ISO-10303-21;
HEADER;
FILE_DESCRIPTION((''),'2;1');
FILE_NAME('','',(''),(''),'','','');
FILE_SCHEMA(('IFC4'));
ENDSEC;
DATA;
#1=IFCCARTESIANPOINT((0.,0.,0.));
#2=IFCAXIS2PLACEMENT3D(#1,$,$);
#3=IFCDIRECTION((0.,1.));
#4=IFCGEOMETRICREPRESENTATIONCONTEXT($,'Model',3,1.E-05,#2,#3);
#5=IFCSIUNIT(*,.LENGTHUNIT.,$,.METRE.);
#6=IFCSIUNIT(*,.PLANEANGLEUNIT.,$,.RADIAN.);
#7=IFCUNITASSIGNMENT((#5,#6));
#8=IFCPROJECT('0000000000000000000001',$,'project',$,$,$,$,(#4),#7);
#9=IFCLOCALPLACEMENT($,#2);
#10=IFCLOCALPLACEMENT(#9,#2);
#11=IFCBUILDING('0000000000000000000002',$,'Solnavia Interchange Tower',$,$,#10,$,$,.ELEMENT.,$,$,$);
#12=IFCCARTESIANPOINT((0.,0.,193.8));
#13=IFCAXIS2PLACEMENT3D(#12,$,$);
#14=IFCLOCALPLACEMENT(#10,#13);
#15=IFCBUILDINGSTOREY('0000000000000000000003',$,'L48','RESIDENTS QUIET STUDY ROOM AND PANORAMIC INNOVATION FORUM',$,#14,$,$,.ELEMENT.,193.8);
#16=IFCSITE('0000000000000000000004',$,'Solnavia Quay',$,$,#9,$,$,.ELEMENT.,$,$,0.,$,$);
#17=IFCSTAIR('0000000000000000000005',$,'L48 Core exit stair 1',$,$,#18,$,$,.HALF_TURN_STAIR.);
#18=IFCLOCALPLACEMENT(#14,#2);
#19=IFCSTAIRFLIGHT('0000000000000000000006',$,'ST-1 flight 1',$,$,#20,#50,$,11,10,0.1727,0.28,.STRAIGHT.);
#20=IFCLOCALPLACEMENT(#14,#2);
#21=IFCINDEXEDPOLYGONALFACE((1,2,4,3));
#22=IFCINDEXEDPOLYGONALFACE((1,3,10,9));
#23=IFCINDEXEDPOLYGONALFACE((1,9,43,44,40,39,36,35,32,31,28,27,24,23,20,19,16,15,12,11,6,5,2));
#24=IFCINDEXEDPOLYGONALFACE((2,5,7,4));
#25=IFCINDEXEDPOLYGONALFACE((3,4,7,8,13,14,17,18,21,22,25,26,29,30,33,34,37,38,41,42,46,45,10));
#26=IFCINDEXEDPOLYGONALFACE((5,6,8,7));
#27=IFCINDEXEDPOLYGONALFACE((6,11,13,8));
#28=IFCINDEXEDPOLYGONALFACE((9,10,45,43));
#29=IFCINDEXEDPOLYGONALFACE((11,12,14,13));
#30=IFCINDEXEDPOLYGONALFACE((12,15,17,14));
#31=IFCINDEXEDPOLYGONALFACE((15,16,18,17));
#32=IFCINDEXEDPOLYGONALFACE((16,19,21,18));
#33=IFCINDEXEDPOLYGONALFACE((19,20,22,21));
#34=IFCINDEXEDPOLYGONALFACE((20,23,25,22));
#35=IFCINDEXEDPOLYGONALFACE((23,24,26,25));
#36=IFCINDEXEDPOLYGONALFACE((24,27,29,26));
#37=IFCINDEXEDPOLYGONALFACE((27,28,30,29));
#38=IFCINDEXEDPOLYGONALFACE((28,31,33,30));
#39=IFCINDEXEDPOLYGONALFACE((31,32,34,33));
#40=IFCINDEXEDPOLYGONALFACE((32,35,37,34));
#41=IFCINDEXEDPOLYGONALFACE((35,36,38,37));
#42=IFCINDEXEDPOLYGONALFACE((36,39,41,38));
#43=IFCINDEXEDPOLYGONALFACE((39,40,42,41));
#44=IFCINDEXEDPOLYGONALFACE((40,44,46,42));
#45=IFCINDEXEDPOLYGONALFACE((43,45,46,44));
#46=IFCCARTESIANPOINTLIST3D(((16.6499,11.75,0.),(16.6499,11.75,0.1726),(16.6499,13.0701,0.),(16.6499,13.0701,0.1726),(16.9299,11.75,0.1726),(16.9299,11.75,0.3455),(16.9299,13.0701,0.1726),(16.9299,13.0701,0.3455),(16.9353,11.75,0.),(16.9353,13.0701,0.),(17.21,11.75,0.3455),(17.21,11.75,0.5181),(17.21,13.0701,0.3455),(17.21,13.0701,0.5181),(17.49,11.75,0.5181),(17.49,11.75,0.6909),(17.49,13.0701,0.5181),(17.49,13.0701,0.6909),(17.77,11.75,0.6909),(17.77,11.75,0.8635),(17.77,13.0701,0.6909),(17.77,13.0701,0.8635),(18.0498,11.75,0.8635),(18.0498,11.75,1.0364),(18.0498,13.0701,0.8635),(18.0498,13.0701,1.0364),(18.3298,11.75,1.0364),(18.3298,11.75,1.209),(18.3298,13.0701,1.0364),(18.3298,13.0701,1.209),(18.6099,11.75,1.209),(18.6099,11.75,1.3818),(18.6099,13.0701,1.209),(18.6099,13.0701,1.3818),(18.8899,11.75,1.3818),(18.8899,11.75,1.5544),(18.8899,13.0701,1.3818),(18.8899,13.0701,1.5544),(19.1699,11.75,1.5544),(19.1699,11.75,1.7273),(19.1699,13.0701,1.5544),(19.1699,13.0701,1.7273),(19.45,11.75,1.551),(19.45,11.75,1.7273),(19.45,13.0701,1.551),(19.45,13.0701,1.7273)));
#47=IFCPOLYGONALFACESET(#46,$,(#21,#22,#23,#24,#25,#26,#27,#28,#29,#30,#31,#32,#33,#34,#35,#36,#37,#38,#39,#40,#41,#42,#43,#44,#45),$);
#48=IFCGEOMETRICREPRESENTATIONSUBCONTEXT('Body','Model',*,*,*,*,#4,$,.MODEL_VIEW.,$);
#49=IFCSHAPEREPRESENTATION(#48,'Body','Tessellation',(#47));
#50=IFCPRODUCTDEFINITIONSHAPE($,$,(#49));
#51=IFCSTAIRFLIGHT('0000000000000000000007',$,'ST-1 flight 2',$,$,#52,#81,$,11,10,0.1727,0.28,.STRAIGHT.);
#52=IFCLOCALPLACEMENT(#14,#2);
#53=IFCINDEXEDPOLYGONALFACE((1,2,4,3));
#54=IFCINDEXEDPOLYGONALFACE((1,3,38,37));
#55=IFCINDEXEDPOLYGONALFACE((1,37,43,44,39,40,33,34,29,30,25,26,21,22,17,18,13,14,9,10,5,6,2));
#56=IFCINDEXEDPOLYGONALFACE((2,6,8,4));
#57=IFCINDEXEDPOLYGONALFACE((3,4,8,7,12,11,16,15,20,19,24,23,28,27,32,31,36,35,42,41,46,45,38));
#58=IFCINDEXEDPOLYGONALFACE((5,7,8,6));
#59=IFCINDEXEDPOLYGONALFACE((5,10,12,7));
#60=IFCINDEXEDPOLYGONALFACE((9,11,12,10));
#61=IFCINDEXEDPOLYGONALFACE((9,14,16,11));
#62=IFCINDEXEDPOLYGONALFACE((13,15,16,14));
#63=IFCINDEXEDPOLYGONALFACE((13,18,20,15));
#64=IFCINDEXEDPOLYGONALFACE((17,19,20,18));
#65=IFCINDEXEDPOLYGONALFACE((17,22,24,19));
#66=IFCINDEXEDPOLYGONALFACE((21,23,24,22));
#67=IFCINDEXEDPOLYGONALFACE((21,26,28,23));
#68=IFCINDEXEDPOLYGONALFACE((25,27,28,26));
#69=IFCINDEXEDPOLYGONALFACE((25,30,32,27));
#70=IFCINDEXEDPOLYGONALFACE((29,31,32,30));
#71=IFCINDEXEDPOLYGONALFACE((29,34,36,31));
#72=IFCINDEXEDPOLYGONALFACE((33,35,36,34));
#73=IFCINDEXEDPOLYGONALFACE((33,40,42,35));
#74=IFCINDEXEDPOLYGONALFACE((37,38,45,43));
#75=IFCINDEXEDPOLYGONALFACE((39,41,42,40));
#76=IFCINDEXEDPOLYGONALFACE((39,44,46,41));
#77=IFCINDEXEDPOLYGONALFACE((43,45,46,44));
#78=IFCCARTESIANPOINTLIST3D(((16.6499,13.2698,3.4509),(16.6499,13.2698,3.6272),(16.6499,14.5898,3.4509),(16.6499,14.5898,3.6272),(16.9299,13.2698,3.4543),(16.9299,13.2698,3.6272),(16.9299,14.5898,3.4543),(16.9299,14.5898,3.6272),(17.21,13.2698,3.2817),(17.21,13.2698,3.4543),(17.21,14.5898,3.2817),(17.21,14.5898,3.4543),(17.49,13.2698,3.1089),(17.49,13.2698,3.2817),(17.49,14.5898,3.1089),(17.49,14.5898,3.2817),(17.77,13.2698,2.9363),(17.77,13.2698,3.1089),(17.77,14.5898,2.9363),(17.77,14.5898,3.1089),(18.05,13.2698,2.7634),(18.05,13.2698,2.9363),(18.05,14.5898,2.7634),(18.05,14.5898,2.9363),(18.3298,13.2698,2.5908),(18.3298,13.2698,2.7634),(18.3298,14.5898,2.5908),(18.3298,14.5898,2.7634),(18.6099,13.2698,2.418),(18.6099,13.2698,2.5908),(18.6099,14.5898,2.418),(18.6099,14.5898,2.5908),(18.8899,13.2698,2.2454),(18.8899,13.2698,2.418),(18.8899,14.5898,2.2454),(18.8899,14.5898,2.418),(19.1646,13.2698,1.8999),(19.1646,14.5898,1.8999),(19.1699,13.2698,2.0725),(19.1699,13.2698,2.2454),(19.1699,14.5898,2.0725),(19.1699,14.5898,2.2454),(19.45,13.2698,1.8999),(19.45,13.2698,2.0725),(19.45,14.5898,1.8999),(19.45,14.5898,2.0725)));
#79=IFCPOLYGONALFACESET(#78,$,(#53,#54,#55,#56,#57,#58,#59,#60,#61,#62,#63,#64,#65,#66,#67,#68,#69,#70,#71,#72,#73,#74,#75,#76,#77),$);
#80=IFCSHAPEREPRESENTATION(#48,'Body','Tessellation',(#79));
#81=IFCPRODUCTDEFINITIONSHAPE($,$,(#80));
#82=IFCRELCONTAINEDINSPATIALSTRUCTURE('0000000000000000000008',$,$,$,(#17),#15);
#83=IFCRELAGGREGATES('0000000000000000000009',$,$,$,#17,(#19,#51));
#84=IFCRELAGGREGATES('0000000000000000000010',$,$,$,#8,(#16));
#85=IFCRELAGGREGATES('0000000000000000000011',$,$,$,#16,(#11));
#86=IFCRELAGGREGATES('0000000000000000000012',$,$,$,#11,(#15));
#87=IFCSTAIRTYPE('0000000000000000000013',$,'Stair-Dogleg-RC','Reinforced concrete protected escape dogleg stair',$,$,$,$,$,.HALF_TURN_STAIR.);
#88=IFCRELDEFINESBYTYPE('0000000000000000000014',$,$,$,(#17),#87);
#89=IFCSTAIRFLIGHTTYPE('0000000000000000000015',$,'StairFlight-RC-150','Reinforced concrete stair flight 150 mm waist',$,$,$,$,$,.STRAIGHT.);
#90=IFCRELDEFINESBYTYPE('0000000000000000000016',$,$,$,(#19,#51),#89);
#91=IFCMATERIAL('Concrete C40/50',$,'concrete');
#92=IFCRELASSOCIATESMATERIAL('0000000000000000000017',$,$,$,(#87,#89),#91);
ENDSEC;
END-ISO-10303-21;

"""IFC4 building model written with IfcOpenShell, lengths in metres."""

from ifc_helpers import new_model, si_unit, direction, frame, origin, place, context, subcontext, project, spatial, polyline, outline, extrude, material, type_object, element, aggregate, save


model = new_model("IFC4")

# Units and contexts
model_context = context("Model", 3, precision=1e-05, world=origin(), true_north=direction((0.0, 1.0)))
body_context = subcontext(model_context, "Body", "Model", "MODEL_VIEW")
ifc_project = project(units=[si_unit("LENGTHUNIT", "METRE"), si_unit("PLANEANGLEUNIT", "RADIAN")], contexts=[model_context])

# Site, building, storey
site_placement = place(None, origin())
site = spatial("IfcSite", under=ifc_project, at=site_placement, Name="Solnavia Quay", CompositionType="ELEMENT", RefElevation=0.0)
building_placement = place(site_placement, origin())
building = spatial("IfcBuilding", under=site, at=building_placement, Name="Solnavia Interchange Tower", CompositionType="ELEMENT")
storey_placement = place(building_placement, frame((0.0, 0.0, 193.8)))
storey = spatial("IfcBuildingStorey", under=building, at=storey_placement, Name="L48", Description="RESIDENTS QUIET STUDY ROOM AND PANORAMIC INNOVATION FORUM", CompositionType="ELEMENT", Elevation=193.8)

# Shared definitions
ifc_material_1 = material(Name="Concrete C40/50", Category="concrete")

# Stair, stair flights
stair_type = type_object("IfcStairType", Name="Stair-Dogleg-RC", Description="Reinforced concrete protected escape dogleg stair", PredefinedType="HALF_TURN_STAIR", material=ifc_material_1)
stair_placement = place(storey_placement, origin())
stair = element("IfcStair", 1, at=stair_placement, inside=storey, type_object=stair_type, Name="L48 Core exit stair 1", PredefinedType="HALF_TURN_STAIR")
stair_flight_type = type_object("IfcStairFlightType", Name="StairFlight-RC-150", Description="Reinforced concrete stair flight 150 mm waist", PredefinedType="STRAIGHT", material=ifc_material_1)
stair_flight_1_placement = place(storey_placement, frame((16.6499, 12.4099, 0.0), z_axis=(0.0, 0.0, 1.0), x_axis=(1.0, 0.0, 0.0)))
stair_flight_1 = element("IfcStairFlight", 2, at=stair_flight_1_placement, type_object=stair_flight_type, Name="ST-1 flight 1", NumberOfRisers=11, NumberOfTreads=10, PredefinedType="STRAIGHT", RiserHeight=0.1727, TreadLength=0.28, context=body_context, shape_type="SweptSolid", body=[
    extrude(outline(polyline([(0.0, 0.0), (0.0, 0.1726), (0.28, 0.1726), (0.28, 0.3455), (0.5601, 0.3455), (0.5601, 0.5181), (0.8401, 0.5181), (0.8401, 0.6909), (1.1201, 0.6909), (1.1201, 0.8635), (1.3999, 0.8635), (1.3999, 1.0364), (1.6799, 1.0364), (1.6799, 1.209), (1.96, 1.209), (1.96, 1.3818), (2.24, 1.3818), (2.24, 1.5544), (2.52, 1.5544), (2.52, 1.7273), (2.8, 1.7273), (2.8, 1.8999), (2.8, 1.551), (0.2854, 0.0), (0.0, 0.0)])), frame((0.0, 0.6602, 0.0), z_axis=(0.0, -1.0, 0.0), x_axis=(1.0, 0.0, 0.0)), (0.0, 0.0, 1.0), 1.3201),
])
stair_flight_2_placement = place(storey_placement, frame((19.45, 13.9299, 1.8999), z_axis=(0.0, 0.0, 1.0), x_axis=(-1.0, 0.0, 0.0)))
stair_flight_2 = element("IfcStairFlight", 3, at=stair_flight_2_placement, type_object=stair_flight_type, Name="ST-1 flight 2", NumberOfRisers=11, NumberOfTreads=10, PredefinedType="STRAIGHT", RiserHeight=0.1727, TreadLength=0.28, context=body_context, shape_type="SweptSolid", body=[
    extrude(outline(polyline([(0.0, 0.0), (0.0, 0.1726), (0.28, 0.1726), (0.28, 0.3455), (0.5601, 0.3455), (0.5601, 0.5181), (0.8401, 0.5181), (0.8401, 0.6909), (1.1201, 0.6909), (1.1201, 0.8635), (1.3999, 0.8635), (1.3999, 1.0364), (1.6799, 1.0364), (1.6799, 1.209), (1.96, 1.209), (1.96, 1.3818), (2.24, 1.3818), (2.24, 1.5544), (2.52, 1.5544), (2.52, 1.7273), (2.8, 1.7273), (2.8, 1.8999), (2.8, 1.551), (0.2854, 0.0), (0.0, 0.0)])), frame((0.0, 0.6602, 0.0), z_axis=(0.0, -1.0, 0.0), x_axis=(1.0, 0.0, 0.0)), (0.0, 0.0, 1.0), 1.3201),
])
aggregate(stair, [stair_flight_1, stair_flight_2])

save(model, "model.ifc")
